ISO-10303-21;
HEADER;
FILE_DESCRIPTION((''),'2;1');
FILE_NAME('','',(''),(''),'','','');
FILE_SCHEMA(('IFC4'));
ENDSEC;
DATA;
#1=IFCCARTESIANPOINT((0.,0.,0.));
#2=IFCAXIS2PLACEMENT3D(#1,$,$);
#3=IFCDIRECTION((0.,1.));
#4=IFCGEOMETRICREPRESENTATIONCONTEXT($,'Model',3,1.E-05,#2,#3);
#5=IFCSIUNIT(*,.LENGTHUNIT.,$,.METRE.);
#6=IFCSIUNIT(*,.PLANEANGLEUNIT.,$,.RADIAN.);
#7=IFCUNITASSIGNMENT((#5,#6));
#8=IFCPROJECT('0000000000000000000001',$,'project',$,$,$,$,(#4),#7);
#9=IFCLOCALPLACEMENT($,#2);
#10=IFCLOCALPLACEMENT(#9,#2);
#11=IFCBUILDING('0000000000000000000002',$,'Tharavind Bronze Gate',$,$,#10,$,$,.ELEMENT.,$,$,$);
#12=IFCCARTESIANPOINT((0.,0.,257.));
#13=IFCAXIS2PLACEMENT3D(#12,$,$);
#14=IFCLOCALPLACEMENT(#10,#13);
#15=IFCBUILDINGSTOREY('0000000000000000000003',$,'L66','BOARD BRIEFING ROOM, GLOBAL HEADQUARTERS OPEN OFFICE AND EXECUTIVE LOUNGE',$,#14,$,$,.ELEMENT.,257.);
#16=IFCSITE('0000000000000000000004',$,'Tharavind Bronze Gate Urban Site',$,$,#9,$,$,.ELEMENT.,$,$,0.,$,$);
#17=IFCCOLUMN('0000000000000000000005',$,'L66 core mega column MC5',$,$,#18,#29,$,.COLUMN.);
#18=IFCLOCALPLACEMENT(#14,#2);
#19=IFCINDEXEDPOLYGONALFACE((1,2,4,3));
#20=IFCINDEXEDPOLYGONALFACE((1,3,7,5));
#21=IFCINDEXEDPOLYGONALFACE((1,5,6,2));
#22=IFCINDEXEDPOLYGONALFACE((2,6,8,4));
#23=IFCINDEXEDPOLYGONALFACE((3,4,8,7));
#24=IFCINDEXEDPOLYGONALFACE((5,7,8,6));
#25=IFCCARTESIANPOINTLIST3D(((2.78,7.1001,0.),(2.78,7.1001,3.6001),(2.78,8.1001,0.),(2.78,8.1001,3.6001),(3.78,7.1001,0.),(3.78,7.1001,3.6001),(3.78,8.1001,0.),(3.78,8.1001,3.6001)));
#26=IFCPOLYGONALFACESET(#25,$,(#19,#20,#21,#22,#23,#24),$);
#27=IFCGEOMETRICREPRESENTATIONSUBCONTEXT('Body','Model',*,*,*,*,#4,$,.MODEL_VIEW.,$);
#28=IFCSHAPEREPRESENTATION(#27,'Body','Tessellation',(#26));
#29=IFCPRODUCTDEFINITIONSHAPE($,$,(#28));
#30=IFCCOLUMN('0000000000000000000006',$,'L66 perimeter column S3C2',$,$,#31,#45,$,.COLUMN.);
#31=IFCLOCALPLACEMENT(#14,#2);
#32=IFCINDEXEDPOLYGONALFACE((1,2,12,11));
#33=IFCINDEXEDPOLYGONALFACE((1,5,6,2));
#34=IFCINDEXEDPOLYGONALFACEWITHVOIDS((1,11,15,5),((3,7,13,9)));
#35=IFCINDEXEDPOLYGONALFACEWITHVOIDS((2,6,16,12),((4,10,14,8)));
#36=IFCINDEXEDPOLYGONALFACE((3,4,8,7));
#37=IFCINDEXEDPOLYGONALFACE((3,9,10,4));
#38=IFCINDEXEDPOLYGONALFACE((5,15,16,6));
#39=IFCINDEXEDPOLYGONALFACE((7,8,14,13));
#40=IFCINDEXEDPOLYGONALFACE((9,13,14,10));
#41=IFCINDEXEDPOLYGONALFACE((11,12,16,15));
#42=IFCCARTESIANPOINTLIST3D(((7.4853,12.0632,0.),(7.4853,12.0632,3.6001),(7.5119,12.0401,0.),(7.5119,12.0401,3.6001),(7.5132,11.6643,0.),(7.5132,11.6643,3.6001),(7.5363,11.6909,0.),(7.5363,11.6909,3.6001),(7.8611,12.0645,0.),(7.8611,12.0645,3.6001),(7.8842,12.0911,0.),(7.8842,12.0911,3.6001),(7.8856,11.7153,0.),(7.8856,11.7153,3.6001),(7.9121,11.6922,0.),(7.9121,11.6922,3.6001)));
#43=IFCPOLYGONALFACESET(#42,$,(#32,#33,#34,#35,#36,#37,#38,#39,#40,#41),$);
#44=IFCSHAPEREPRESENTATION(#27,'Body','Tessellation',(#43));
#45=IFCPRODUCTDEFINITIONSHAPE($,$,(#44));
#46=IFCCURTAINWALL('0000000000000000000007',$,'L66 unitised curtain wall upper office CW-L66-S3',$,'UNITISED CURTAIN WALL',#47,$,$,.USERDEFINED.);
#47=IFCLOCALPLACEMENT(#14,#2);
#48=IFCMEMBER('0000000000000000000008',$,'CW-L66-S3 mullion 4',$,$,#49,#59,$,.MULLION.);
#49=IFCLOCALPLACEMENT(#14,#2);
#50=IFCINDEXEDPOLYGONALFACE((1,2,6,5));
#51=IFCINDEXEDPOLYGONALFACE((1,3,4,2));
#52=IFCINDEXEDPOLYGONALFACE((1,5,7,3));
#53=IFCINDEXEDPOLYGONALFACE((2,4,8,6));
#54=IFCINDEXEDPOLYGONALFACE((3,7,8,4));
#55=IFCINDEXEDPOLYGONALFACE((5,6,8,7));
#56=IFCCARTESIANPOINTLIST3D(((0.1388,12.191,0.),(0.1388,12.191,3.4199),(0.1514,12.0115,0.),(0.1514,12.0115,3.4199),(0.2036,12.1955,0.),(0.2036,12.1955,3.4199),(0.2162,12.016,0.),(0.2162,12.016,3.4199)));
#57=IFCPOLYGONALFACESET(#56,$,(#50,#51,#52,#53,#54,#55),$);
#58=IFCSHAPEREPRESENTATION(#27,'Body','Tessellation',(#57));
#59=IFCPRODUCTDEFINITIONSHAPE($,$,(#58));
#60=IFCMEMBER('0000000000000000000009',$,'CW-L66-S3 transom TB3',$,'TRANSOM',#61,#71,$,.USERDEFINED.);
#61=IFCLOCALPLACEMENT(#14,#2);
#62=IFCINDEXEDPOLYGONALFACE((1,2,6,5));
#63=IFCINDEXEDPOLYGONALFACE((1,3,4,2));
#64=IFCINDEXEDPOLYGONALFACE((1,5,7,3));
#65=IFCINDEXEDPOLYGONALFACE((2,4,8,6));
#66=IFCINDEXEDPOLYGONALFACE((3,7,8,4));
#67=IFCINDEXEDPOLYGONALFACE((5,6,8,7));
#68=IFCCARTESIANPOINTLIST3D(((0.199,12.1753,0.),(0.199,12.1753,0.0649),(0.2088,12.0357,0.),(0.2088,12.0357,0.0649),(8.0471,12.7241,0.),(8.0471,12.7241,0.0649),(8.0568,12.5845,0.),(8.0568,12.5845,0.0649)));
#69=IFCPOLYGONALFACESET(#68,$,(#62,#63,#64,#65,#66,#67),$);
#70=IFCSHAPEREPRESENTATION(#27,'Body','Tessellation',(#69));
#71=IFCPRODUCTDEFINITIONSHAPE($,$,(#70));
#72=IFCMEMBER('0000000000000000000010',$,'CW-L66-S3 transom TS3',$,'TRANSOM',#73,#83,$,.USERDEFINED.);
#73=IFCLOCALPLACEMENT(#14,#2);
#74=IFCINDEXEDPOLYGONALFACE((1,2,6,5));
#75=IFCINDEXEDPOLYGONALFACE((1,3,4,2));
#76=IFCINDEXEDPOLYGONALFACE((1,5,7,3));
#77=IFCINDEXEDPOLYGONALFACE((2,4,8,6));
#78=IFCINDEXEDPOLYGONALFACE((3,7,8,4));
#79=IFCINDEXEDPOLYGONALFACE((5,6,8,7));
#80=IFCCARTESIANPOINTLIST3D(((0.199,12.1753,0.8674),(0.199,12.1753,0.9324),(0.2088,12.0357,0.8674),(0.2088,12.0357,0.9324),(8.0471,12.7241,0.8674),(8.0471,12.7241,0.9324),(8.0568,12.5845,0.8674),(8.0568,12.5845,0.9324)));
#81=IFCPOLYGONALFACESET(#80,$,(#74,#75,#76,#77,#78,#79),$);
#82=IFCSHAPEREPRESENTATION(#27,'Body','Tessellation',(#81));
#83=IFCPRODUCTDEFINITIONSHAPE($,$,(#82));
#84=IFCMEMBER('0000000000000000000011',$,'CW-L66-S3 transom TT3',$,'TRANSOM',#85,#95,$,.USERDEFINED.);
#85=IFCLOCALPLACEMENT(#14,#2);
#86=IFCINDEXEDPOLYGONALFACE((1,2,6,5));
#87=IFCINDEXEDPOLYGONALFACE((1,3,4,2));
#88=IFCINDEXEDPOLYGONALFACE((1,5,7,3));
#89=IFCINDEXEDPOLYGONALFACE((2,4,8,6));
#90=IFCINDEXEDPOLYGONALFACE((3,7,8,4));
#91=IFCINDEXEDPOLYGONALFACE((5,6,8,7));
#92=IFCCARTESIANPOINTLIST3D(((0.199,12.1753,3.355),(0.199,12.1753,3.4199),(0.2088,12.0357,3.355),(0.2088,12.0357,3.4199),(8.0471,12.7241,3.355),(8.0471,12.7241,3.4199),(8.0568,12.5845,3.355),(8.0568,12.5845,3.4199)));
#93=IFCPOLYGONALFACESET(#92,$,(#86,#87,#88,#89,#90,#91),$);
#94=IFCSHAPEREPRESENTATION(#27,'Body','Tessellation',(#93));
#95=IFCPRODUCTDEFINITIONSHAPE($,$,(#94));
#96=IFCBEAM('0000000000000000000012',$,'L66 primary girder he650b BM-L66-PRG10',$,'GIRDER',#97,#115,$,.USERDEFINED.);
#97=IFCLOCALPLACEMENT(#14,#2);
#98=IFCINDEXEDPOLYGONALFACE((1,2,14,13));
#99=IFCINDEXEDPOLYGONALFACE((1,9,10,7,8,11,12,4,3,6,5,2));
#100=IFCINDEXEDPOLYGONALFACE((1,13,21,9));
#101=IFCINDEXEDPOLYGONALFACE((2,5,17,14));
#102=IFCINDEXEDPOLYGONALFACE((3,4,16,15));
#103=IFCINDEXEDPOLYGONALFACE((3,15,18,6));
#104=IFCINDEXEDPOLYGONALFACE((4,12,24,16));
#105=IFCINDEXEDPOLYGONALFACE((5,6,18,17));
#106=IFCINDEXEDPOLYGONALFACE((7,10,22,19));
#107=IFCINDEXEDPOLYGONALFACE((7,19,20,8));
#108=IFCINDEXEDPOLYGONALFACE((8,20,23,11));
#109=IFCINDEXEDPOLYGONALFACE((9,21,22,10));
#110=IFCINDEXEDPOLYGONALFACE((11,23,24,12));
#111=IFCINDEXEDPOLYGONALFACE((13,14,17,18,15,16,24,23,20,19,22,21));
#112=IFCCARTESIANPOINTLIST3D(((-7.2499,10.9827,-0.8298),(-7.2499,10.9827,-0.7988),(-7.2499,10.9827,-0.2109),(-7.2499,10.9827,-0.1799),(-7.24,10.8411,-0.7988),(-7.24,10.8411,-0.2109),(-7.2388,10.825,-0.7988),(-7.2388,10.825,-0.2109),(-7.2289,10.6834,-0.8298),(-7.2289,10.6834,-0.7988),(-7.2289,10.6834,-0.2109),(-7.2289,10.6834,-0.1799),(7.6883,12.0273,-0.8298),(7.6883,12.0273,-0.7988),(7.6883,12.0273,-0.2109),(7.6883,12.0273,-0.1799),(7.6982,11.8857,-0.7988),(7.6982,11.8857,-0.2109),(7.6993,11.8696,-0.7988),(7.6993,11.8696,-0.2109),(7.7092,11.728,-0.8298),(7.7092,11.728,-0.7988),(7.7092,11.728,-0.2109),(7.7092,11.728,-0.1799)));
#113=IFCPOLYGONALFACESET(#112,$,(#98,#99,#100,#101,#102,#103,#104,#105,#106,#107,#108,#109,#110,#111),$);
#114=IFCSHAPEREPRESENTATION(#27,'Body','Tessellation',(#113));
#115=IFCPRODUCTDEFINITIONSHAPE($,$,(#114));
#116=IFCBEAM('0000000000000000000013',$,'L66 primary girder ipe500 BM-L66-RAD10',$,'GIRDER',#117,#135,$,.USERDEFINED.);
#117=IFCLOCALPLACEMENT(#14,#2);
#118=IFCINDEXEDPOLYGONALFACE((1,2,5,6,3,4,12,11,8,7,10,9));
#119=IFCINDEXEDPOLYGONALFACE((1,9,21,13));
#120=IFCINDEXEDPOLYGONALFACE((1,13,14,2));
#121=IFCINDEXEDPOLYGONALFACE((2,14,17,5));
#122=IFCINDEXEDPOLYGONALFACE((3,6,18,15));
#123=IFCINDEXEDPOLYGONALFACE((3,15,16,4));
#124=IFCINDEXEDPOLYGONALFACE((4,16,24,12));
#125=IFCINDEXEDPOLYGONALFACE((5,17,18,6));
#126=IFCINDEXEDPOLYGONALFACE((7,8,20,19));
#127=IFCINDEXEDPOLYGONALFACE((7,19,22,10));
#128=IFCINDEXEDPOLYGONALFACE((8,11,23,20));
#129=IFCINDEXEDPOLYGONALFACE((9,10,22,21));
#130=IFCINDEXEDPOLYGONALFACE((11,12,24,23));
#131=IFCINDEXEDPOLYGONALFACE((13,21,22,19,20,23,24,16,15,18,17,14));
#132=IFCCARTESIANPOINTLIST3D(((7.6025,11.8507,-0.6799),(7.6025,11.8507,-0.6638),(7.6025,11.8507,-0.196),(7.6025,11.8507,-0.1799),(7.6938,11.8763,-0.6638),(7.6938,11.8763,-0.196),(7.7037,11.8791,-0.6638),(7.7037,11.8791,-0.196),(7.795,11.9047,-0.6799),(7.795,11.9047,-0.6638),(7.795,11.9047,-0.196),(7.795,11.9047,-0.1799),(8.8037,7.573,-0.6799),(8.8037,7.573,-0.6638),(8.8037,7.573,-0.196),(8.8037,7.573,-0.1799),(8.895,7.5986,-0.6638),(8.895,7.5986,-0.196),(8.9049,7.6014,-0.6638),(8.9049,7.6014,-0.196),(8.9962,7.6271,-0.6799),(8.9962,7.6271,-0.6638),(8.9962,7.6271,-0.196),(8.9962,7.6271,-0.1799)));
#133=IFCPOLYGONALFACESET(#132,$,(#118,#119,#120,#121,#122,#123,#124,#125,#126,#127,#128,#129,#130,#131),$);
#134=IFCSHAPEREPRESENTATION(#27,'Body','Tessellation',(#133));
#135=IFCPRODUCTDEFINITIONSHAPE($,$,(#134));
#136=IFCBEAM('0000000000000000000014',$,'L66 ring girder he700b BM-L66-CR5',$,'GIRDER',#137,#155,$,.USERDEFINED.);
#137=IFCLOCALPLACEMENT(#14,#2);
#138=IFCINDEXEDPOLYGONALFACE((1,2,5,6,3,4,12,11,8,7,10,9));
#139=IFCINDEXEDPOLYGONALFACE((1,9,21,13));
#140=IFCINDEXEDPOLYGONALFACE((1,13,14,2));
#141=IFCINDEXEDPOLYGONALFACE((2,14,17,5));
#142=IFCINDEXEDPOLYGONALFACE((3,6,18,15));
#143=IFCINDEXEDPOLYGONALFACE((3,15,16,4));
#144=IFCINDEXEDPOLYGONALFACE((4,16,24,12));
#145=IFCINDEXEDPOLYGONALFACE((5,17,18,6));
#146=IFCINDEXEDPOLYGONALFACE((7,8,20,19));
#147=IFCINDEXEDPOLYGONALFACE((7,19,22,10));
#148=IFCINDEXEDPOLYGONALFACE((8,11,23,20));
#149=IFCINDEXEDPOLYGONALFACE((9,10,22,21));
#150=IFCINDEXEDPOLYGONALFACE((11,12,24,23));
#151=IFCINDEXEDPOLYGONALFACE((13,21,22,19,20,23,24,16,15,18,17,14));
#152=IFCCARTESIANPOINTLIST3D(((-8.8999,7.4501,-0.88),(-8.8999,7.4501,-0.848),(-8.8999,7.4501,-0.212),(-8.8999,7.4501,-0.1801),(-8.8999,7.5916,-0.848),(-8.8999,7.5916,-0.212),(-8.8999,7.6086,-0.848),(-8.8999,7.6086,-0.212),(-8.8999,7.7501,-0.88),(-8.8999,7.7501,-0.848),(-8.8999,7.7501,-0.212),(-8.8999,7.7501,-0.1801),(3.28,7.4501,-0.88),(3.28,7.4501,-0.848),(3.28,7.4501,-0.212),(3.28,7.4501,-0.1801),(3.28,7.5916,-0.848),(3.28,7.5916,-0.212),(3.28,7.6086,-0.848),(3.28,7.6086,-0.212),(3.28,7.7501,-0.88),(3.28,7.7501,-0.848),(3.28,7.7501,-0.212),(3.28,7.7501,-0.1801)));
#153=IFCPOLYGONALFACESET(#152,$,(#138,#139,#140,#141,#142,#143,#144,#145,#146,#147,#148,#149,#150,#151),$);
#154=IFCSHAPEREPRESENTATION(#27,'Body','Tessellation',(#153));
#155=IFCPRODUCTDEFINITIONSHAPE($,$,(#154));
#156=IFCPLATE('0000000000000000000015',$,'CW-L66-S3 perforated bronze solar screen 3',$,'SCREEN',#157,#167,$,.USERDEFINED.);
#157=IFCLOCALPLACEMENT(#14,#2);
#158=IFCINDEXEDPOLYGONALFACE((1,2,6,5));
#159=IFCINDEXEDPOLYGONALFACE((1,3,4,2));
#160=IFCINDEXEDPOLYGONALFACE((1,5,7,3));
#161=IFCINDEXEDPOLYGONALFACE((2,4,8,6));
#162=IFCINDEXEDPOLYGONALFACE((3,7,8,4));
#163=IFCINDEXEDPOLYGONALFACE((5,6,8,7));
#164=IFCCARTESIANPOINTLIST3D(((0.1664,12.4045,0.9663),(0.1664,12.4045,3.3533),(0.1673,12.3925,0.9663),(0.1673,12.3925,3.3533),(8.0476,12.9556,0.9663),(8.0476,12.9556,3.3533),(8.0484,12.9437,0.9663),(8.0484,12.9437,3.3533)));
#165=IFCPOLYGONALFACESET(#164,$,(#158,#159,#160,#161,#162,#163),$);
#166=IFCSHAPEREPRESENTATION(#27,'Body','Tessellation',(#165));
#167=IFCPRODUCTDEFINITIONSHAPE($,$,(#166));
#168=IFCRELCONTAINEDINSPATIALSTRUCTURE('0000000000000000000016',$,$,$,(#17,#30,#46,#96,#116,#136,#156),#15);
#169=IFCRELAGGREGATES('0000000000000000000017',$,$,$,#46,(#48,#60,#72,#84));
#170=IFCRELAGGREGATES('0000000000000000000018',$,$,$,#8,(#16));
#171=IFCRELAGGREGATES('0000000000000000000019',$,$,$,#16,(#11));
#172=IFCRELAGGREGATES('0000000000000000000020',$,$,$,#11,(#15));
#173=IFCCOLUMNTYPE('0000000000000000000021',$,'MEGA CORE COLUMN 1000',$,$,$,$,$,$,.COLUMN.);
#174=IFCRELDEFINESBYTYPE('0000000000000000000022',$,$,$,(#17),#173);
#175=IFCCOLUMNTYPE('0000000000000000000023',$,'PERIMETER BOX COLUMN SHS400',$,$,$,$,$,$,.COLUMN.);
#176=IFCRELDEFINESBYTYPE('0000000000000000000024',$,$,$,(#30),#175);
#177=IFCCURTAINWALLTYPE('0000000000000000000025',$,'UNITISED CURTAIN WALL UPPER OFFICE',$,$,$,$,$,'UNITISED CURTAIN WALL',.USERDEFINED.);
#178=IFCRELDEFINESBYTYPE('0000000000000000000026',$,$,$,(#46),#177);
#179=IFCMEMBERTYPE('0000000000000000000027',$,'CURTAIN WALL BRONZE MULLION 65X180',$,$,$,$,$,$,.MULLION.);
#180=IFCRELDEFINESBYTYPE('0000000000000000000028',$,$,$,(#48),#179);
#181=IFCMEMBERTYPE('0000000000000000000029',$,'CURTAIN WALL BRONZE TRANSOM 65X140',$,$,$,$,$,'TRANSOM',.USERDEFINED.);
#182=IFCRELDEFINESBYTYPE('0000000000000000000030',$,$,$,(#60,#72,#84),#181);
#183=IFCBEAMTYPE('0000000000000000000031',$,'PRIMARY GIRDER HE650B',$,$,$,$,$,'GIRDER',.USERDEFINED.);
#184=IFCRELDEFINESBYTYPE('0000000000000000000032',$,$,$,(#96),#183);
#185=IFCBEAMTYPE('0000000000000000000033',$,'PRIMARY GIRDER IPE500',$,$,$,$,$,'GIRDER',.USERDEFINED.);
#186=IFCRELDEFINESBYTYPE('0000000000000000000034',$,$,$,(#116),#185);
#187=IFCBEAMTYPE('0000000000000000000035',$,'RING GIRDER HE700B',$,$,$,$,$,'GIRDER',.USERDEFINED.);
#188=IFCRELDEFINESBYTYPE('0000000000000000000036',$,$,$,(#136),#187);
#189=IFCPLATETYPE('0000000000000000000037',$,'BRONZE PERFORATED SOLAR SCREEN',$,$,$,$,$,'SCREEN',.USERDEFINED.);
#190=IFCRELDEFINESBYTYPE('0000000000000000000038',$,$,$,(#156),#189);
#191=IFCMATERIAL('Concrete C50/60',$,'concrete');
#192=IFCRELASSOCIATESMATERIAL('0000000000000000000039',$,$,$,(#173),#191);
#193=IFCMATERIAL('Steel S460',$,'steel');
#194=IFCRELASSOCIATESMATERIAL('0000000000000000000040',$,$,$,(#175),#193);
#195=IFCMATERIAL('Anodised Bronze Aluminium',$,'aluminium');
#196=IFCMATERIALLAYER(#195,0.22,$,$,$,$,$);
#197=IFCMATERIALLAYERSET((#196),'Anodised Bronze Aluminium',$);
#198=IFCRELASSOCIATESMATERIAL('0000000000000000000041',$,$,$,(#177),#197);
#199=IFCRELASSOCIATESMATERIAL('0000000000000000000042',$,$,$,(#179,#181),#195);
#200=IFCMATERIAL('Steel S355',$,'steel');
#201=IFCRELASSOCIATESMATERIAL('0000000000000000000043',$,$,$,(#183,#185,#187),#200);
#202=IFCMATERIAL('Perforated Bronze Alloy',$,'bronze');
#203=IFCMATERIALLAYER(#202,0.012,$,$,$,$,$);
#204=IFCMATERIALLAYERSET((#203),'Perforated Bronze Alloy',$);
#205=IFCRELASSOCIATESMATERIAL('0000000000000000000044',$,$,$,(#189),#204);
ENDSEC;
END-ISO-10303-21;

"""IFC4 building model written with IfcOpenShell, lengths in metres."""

from ifc_helpers import new_model, si_unit, direction, frame, origin, origin_2d, place, context, subcontext, project, spatial, rectangle, hollow_rectangle, i_section, extrude, material, layer, layer_set, material_profile, profile_set, type_object, element, aggregate, save


model = new_model("IFC4")

# Units and contexts
model_context = context("Model", 3, precision=1e-05, world=origin(), true_north=direction((0.0, 1.0)))
body_context = subcontext(model_context, "Body", "Model", "MODEL_VIEW")
ifc_project = project(units=[si_unit("LENGTHUNIT", "METRE"), si_unit("PLANEANGLEUNIT", "RADIAN")], contexts=[model_context])

# Site, building, storey
site_placement = place(None, origin())
site = spatial("IfcSite", under=ifc_project, at=site_placement, Name="Tharavind Bronze Gate Urban Site", CompositionType="ELEMENT", RefElevation=0.0)
building_placement = place(site_placement, origin())
building = spatial("IfcBuilding", under=site, at=building_placement, Name="Tharavind Bronze Gate", CompositionType="ELEMENT")
storey_placement = place(building_placement, frame((0.0, 0.0, 257.0)))
storey = spatial("IfcBuildingStorey", under=building, at=storey_placement, Name="L66", Description="BOARD BRIEFING ROOM, GLOBAL HEADQUARTERS OPEN OFFICE AND EXECUTIVE LOUNGE", CompositionType="ELEMENT", Elevation=257.0)

# Columns
ifc_material_1 = material(Name="Concrete C50/60", Category="concrete")
ifc_material_profile_1 = material_profile(ifc_material_1, rectangle(XDim=1.0, YDim=1.0, at=origin_2d()), Name="RCCOL1000")
ifc_profile_set_1 = profile_set([ifc_material_profile_1], Name="Concrete C50/60")
column_type_1 = type_object("IfcColumnType", Name="MEGA CORE COLUMN 1000", PredefinedType="COLUMN", material=ifc_profile_set_1)
column_1_placement = place(storey_placement, frame((3.28, 7.6001, 0.0), z_axis=(0.0, 0.0, 1.0), x_axis=(1.0, 0.0, 0.0)))
element("IfcColumn", 1, at=column_1_placement, inside=storey, type_object=column_type_1, Name="L66 core mega column MC5", PredefinedType="COLUMN", context=body_context, shape_type="SweptSolid", body=[
    extrude(rectangle(XDim=1.0, YDim=1.0, at=origin_2d()), origin(), (0.0, 0.0, 1.0), 3.6001),
])
ifc_material_2 = material(Name="Steel S460", Category="steel")
ifc_material_profile_2 = material_profile(ifc_material_2, hollow_rectangle(XDim=0.3999, YDim=0.3999, WallThickness=0.0249, at=origin_2d()), Name="SHS400X25")
ifc_profile_set_2 = profile_set([ifc_material_profile_2], Name="Steel S460")
column_type_2 = type_object("IfcColumnType", Name="PERIMETER BOX COLUMN SHS400", PredefinedType="COLUMN", material=ifc_profile_set_2)
column_2_placement = place(storey_placement, frame((7.6987, 11.8777, 0.0), z_axis=(0.0, 0.0, 1.0), x_axis=(0.997564, 0.069758, 0.0)))
element("IfcColumn", 2, at=column_2_placement, inside=storey, type_object=column_type_2, Name="L66 perimeter column S3C2", PredefinedType="COLUMN", context=body_context, shape_type="SweptSolid", body=[
    extrude(hollow_rectangle(XDim=0.3999, YDim=0.3999, WallThickness=0.0249, at=origin_2d()), origin(), (0.0, 0.0, 1.0), 3.6001),
])

# Curtain wall, members
ifc_material_3 = material(Name="Anodised Bronze Aluminium", Category="aluminium")
ifc_layer_1 = layer(ifc_material_3, 0.22)
ifc_layer_set_1 = layer_set([ifc_layer_1], Name="Anodised Bronze Aluminium")
curtain_wall_type = type_object("IfcCurtainWallType", Name="UNITISED CURTAIN WALL UPPER OFFICE", ElementType="UNITISED CURTAIN WALL", PredefinedType="USERDEFINED", material=ifc_layer_set_1)
curtain_wall_placement = place(storey_placement, origin())
curtain_wall = element("IfcCurtainWall", 3, at=curtain_wall_placement, inside=storey, type_object=curtain_wall_type, Name="L66 unitised curtain wall upper office CW-L66-S3", ObjectType="UNITISED CURTAIN WALL", PredefinedType="USERDEFINED")
member_type_1 = type_object("IfcMemberType", Name="CURTAIN WALL BRONZE MULLION 65X180", PredefinedType="MULLION", material=ifc_material_3)
member_1_placement = place(storey_placement, frame((0.1775, 12.1035, 0.0), z_axis=(0.0, 0.0, 1.0), x_axis=(-0.997564, -0.06976, 0.0)))
member_1 = element("IfcMember", 4, at=member_1_placement, type_object=member_type_1, Name="CW-L66-S3 mullion 4", PredefinedType="MULLION", context=body_context, shape_type="SweptSolid", body=[
    extrude(rectangle(XDim=0.0649, YDim=0.1799, at=origin_2d()), origin(), (0.0, 0.0, 1.0), 3.4199),
])
member_type_2 = type_object("IfcMemberType", Name="CURTAIN WALL BRONZE TRANSOM 65X140", ElementType="TRANSOM", PredefinedType="USERDEFINED", material=ifc_material_3)
member_2_placement = place(storey_placement, frame((4.1279, 12.3799, 0.0), z_axis=(0.0, 0.0, 1.0), x_axis=(-0.997564, -0.06976, 0.0)))
member_2 = element("IfcMember", 5, at=member_2_placement, type_object=member_type_2, Name="CW-L66-S3 transom TB3", ObjectType="TRANSOM", PredefinedType="USERDEFINED", context=body_context, shape_type="SweptSolid", body=[
    extrude(rectangle(XDim=7.8672, YDim=0.1399, at=origin_2d()), origin(), (0.0, 0.0, 1.0), 0.0649),
])
member_3_placement = place(storey_placement, frame((4.1279, 12.3799, 0.8674), z_axis=(0.0, 0.0, 1.0), x_axis=(-0.997564, -0.06976, 0.0)))
member_3 = element("IfcMember", 6, at=member_3_placement, type_object=member_type_2, Name="CW-L66-S3 transom TS3", ObjectType="TRANSOM", PredefinedType="USERDEFINED", context=body_context, shape_type="SweptSolid", body=[
    extrude(rectangle(XDim=7.8672, YDim=0.1399, at=origin_2d()), origin(), (0.0, 0.0, 1.0), 0.0649),
])
member_4_placement = place(storey_placement, frame((4.1279, 12.3799, 3.355), z_axis=(0.0, 0.0, 1.0), x_axis=(-0.997564, -0.06976, 0.0)))
member_4 = element("IfcMember", 7, at=member_4_placement, type_object=member_type_2, Name="CW-L66-S3 transom TT3", ObjectType="TRANSOM", PredefinedType="USERDEFINED", context=body_context, shape_type="SweptSolid", body=[
    extrude(rectangle(XDim=7.8672, YDim=0.1399, at=origin_2d()), origin(), (0.0, 0.0, 1.0), 0.0649),
])

# Beams
ifc_material_4 = material(Name="Steel S355", Category="steel")
ifc_material_profile_3 = material_profile(ifc_material_4, i_section(OverallWidth=0.3, OverallDepth=0.6499, WebThickness=0.0161, FlangeThickness=0.031, at=origin_2d()), Name="HE650B")
ifc_profile_set_3 = profile_set([ifc_material_profile_3], Name="Steel S355")
beam_type_1 = type_object("IfcBeamType", Name="PRIMARY GIRDER HE650B", ElementType="GIRDER", PredefinedType="USERDEFINED", material=ifc_profile_set_3)
beam_1_placement = place(storey_placement, frame((7.6987, 11.8777, -0.5049), z_axis=(-0.997564, -0.069763, 0.0), x_axis=(0.069763, -0.997564, 0.0)))
element("IfcBeam", 8, at=beam_1_placement, inside=storey, type_object=beam_type_1, Name="L66 primary girder he650b BM-L66-PRG10", ObjectType="GIRDER", PredefinedType="USERDEFINED", context=body_context, shape_type="SweptSolid", body=[
    extrude(i_section(OverallWidth=0.3, OverallDepth=0.6499, WebThickness=0.0161, FlangeThickness=0.031, at=origin_2d()), origin(), (0.0, 0.0, 1.0), 14.9746),
])
ifc_material_profile_4 = material_profile(ifc_material_4, i_section(OverallWidth=0.2, OverallDepth=0.5, WebThickness=0.0103, FlangeThickness=0.0161, at=origin_2d()), Name="IPE500")
ifc_profile_set_4 = profile_set([ifc_material_profile_4], Name="Steel S355")
beam_type_2 = type_object("IfcBeamType", Name="PRIMARY GIRDER IPE500", ElementType="GIRDER", PredefinedType="USERDEFINED", material=ifc_profile_set_4)
beam_2_placement = place(storey_placement, frame((7.6987, 11.8777, -0.4299), z_axis=(0.270349, -0.962762, 0.0), x_axis=(0.962762, 0.270349, 0.0)))
element("IfcBeam", 9, at=beam_2_placement, inside=storey, type_object=beam_type_2, Name="L66 primary girder ipe500 BM-L66-RAD10", ObjectType="GIRDER", PredefinedType="USERDEFINED", context=body_context, shape_type="SweptSolid", body=[
    extrude(i_section(OverallWidth=0.2, OverallDepth=0.5, WebThickness=0.0103, FlangeThickness=0.0161, at=origin_2d()), origin(), (0.0, 0.0, 1.0), 4.4431),
])
ifc_material_profile_5 = material_profile(ifc_material_4, i_section(OverallWidth=0.3, OverallDepth=0.7, WebThickness=0.0171, FlangeThickness=0.032, at=origin_2d()), Name="HE700B")
ifc_profile_set_5 = profile_set([ifc_material_profile_5], Name="Steel S355")
beam_type_3 = type_object("IfcBeamType", Name="RING GIRDER HE700B", ElementType="GIRDER", PredefinedType="USERDEFINED", material=ifc_profile_set_5)
beam_3_placement = place(storey_placement, frame((3.28, 7.6001, -0.53), z_axis=(-1.0, 0.0, 0.0), x_axis=(0.0, -1.0, 0.0)))
element("IfcBeam", 10, at=beam_3_placement, inside=storey, type_object=beam_type_3, Name="L66 ring girder he700b BM-L66-CR5", ObjectType="GIRDER", PredefinedType="USERDEFINED", context=body_context, shape_type="SweptSolid", body=[
    extrude(i_section(OverallWidth=0.3, OverallDepth=0.7, WebThickness=0.0171, FlangeThickness=0.032, at=origin_2d()), origin(), (0.0, 0.0, 1.0), 12.1799),
])

# Plate
ifc_material_5 = material(Name="Perforated Bronze Alloy", Category="bronze")
ifc_layer_2 = layer(ifc_material_5, 0.012)
ifc_layer_set_2 = layer_set([ifc_layer_2], Name="Perforated Bronze Alloy")
plate_type_1 = type_object("IfcPlateType", Name="BRONZE PERFORATED SOLAR SCREEN", ElementType="SCREEN", PredefinedType="USERDEFINED", material=ifc_layer_set_2)
plate_1_placement = place(storey_placement, frame((4.1074, 12.6741, 0.9663), z_axis=(0.0, 0.0, 1.0), x_axis=(-0.997564, -0.06976, 0.0)))
element("IfcPlate", 11, at=plate_1_placement, inside=storey, type_object=plate_type_1, Name="CW-L66-S3 perforated bronze solar screen 3", ObjectType="SCREEN", PredefinedType="USERDEFINED", context=body_context, shape_type="SweptSolid", body=[
    extrude(rectangle(XDim=7.9004, YDim=0.012, at=origin_2d()), origin(), (0.0, 0.0, 1.0), 2.387),
])
aggregate(curtain_wall, [member_1, member_2, member_3, member_4])

save(model, "model.ifc")
